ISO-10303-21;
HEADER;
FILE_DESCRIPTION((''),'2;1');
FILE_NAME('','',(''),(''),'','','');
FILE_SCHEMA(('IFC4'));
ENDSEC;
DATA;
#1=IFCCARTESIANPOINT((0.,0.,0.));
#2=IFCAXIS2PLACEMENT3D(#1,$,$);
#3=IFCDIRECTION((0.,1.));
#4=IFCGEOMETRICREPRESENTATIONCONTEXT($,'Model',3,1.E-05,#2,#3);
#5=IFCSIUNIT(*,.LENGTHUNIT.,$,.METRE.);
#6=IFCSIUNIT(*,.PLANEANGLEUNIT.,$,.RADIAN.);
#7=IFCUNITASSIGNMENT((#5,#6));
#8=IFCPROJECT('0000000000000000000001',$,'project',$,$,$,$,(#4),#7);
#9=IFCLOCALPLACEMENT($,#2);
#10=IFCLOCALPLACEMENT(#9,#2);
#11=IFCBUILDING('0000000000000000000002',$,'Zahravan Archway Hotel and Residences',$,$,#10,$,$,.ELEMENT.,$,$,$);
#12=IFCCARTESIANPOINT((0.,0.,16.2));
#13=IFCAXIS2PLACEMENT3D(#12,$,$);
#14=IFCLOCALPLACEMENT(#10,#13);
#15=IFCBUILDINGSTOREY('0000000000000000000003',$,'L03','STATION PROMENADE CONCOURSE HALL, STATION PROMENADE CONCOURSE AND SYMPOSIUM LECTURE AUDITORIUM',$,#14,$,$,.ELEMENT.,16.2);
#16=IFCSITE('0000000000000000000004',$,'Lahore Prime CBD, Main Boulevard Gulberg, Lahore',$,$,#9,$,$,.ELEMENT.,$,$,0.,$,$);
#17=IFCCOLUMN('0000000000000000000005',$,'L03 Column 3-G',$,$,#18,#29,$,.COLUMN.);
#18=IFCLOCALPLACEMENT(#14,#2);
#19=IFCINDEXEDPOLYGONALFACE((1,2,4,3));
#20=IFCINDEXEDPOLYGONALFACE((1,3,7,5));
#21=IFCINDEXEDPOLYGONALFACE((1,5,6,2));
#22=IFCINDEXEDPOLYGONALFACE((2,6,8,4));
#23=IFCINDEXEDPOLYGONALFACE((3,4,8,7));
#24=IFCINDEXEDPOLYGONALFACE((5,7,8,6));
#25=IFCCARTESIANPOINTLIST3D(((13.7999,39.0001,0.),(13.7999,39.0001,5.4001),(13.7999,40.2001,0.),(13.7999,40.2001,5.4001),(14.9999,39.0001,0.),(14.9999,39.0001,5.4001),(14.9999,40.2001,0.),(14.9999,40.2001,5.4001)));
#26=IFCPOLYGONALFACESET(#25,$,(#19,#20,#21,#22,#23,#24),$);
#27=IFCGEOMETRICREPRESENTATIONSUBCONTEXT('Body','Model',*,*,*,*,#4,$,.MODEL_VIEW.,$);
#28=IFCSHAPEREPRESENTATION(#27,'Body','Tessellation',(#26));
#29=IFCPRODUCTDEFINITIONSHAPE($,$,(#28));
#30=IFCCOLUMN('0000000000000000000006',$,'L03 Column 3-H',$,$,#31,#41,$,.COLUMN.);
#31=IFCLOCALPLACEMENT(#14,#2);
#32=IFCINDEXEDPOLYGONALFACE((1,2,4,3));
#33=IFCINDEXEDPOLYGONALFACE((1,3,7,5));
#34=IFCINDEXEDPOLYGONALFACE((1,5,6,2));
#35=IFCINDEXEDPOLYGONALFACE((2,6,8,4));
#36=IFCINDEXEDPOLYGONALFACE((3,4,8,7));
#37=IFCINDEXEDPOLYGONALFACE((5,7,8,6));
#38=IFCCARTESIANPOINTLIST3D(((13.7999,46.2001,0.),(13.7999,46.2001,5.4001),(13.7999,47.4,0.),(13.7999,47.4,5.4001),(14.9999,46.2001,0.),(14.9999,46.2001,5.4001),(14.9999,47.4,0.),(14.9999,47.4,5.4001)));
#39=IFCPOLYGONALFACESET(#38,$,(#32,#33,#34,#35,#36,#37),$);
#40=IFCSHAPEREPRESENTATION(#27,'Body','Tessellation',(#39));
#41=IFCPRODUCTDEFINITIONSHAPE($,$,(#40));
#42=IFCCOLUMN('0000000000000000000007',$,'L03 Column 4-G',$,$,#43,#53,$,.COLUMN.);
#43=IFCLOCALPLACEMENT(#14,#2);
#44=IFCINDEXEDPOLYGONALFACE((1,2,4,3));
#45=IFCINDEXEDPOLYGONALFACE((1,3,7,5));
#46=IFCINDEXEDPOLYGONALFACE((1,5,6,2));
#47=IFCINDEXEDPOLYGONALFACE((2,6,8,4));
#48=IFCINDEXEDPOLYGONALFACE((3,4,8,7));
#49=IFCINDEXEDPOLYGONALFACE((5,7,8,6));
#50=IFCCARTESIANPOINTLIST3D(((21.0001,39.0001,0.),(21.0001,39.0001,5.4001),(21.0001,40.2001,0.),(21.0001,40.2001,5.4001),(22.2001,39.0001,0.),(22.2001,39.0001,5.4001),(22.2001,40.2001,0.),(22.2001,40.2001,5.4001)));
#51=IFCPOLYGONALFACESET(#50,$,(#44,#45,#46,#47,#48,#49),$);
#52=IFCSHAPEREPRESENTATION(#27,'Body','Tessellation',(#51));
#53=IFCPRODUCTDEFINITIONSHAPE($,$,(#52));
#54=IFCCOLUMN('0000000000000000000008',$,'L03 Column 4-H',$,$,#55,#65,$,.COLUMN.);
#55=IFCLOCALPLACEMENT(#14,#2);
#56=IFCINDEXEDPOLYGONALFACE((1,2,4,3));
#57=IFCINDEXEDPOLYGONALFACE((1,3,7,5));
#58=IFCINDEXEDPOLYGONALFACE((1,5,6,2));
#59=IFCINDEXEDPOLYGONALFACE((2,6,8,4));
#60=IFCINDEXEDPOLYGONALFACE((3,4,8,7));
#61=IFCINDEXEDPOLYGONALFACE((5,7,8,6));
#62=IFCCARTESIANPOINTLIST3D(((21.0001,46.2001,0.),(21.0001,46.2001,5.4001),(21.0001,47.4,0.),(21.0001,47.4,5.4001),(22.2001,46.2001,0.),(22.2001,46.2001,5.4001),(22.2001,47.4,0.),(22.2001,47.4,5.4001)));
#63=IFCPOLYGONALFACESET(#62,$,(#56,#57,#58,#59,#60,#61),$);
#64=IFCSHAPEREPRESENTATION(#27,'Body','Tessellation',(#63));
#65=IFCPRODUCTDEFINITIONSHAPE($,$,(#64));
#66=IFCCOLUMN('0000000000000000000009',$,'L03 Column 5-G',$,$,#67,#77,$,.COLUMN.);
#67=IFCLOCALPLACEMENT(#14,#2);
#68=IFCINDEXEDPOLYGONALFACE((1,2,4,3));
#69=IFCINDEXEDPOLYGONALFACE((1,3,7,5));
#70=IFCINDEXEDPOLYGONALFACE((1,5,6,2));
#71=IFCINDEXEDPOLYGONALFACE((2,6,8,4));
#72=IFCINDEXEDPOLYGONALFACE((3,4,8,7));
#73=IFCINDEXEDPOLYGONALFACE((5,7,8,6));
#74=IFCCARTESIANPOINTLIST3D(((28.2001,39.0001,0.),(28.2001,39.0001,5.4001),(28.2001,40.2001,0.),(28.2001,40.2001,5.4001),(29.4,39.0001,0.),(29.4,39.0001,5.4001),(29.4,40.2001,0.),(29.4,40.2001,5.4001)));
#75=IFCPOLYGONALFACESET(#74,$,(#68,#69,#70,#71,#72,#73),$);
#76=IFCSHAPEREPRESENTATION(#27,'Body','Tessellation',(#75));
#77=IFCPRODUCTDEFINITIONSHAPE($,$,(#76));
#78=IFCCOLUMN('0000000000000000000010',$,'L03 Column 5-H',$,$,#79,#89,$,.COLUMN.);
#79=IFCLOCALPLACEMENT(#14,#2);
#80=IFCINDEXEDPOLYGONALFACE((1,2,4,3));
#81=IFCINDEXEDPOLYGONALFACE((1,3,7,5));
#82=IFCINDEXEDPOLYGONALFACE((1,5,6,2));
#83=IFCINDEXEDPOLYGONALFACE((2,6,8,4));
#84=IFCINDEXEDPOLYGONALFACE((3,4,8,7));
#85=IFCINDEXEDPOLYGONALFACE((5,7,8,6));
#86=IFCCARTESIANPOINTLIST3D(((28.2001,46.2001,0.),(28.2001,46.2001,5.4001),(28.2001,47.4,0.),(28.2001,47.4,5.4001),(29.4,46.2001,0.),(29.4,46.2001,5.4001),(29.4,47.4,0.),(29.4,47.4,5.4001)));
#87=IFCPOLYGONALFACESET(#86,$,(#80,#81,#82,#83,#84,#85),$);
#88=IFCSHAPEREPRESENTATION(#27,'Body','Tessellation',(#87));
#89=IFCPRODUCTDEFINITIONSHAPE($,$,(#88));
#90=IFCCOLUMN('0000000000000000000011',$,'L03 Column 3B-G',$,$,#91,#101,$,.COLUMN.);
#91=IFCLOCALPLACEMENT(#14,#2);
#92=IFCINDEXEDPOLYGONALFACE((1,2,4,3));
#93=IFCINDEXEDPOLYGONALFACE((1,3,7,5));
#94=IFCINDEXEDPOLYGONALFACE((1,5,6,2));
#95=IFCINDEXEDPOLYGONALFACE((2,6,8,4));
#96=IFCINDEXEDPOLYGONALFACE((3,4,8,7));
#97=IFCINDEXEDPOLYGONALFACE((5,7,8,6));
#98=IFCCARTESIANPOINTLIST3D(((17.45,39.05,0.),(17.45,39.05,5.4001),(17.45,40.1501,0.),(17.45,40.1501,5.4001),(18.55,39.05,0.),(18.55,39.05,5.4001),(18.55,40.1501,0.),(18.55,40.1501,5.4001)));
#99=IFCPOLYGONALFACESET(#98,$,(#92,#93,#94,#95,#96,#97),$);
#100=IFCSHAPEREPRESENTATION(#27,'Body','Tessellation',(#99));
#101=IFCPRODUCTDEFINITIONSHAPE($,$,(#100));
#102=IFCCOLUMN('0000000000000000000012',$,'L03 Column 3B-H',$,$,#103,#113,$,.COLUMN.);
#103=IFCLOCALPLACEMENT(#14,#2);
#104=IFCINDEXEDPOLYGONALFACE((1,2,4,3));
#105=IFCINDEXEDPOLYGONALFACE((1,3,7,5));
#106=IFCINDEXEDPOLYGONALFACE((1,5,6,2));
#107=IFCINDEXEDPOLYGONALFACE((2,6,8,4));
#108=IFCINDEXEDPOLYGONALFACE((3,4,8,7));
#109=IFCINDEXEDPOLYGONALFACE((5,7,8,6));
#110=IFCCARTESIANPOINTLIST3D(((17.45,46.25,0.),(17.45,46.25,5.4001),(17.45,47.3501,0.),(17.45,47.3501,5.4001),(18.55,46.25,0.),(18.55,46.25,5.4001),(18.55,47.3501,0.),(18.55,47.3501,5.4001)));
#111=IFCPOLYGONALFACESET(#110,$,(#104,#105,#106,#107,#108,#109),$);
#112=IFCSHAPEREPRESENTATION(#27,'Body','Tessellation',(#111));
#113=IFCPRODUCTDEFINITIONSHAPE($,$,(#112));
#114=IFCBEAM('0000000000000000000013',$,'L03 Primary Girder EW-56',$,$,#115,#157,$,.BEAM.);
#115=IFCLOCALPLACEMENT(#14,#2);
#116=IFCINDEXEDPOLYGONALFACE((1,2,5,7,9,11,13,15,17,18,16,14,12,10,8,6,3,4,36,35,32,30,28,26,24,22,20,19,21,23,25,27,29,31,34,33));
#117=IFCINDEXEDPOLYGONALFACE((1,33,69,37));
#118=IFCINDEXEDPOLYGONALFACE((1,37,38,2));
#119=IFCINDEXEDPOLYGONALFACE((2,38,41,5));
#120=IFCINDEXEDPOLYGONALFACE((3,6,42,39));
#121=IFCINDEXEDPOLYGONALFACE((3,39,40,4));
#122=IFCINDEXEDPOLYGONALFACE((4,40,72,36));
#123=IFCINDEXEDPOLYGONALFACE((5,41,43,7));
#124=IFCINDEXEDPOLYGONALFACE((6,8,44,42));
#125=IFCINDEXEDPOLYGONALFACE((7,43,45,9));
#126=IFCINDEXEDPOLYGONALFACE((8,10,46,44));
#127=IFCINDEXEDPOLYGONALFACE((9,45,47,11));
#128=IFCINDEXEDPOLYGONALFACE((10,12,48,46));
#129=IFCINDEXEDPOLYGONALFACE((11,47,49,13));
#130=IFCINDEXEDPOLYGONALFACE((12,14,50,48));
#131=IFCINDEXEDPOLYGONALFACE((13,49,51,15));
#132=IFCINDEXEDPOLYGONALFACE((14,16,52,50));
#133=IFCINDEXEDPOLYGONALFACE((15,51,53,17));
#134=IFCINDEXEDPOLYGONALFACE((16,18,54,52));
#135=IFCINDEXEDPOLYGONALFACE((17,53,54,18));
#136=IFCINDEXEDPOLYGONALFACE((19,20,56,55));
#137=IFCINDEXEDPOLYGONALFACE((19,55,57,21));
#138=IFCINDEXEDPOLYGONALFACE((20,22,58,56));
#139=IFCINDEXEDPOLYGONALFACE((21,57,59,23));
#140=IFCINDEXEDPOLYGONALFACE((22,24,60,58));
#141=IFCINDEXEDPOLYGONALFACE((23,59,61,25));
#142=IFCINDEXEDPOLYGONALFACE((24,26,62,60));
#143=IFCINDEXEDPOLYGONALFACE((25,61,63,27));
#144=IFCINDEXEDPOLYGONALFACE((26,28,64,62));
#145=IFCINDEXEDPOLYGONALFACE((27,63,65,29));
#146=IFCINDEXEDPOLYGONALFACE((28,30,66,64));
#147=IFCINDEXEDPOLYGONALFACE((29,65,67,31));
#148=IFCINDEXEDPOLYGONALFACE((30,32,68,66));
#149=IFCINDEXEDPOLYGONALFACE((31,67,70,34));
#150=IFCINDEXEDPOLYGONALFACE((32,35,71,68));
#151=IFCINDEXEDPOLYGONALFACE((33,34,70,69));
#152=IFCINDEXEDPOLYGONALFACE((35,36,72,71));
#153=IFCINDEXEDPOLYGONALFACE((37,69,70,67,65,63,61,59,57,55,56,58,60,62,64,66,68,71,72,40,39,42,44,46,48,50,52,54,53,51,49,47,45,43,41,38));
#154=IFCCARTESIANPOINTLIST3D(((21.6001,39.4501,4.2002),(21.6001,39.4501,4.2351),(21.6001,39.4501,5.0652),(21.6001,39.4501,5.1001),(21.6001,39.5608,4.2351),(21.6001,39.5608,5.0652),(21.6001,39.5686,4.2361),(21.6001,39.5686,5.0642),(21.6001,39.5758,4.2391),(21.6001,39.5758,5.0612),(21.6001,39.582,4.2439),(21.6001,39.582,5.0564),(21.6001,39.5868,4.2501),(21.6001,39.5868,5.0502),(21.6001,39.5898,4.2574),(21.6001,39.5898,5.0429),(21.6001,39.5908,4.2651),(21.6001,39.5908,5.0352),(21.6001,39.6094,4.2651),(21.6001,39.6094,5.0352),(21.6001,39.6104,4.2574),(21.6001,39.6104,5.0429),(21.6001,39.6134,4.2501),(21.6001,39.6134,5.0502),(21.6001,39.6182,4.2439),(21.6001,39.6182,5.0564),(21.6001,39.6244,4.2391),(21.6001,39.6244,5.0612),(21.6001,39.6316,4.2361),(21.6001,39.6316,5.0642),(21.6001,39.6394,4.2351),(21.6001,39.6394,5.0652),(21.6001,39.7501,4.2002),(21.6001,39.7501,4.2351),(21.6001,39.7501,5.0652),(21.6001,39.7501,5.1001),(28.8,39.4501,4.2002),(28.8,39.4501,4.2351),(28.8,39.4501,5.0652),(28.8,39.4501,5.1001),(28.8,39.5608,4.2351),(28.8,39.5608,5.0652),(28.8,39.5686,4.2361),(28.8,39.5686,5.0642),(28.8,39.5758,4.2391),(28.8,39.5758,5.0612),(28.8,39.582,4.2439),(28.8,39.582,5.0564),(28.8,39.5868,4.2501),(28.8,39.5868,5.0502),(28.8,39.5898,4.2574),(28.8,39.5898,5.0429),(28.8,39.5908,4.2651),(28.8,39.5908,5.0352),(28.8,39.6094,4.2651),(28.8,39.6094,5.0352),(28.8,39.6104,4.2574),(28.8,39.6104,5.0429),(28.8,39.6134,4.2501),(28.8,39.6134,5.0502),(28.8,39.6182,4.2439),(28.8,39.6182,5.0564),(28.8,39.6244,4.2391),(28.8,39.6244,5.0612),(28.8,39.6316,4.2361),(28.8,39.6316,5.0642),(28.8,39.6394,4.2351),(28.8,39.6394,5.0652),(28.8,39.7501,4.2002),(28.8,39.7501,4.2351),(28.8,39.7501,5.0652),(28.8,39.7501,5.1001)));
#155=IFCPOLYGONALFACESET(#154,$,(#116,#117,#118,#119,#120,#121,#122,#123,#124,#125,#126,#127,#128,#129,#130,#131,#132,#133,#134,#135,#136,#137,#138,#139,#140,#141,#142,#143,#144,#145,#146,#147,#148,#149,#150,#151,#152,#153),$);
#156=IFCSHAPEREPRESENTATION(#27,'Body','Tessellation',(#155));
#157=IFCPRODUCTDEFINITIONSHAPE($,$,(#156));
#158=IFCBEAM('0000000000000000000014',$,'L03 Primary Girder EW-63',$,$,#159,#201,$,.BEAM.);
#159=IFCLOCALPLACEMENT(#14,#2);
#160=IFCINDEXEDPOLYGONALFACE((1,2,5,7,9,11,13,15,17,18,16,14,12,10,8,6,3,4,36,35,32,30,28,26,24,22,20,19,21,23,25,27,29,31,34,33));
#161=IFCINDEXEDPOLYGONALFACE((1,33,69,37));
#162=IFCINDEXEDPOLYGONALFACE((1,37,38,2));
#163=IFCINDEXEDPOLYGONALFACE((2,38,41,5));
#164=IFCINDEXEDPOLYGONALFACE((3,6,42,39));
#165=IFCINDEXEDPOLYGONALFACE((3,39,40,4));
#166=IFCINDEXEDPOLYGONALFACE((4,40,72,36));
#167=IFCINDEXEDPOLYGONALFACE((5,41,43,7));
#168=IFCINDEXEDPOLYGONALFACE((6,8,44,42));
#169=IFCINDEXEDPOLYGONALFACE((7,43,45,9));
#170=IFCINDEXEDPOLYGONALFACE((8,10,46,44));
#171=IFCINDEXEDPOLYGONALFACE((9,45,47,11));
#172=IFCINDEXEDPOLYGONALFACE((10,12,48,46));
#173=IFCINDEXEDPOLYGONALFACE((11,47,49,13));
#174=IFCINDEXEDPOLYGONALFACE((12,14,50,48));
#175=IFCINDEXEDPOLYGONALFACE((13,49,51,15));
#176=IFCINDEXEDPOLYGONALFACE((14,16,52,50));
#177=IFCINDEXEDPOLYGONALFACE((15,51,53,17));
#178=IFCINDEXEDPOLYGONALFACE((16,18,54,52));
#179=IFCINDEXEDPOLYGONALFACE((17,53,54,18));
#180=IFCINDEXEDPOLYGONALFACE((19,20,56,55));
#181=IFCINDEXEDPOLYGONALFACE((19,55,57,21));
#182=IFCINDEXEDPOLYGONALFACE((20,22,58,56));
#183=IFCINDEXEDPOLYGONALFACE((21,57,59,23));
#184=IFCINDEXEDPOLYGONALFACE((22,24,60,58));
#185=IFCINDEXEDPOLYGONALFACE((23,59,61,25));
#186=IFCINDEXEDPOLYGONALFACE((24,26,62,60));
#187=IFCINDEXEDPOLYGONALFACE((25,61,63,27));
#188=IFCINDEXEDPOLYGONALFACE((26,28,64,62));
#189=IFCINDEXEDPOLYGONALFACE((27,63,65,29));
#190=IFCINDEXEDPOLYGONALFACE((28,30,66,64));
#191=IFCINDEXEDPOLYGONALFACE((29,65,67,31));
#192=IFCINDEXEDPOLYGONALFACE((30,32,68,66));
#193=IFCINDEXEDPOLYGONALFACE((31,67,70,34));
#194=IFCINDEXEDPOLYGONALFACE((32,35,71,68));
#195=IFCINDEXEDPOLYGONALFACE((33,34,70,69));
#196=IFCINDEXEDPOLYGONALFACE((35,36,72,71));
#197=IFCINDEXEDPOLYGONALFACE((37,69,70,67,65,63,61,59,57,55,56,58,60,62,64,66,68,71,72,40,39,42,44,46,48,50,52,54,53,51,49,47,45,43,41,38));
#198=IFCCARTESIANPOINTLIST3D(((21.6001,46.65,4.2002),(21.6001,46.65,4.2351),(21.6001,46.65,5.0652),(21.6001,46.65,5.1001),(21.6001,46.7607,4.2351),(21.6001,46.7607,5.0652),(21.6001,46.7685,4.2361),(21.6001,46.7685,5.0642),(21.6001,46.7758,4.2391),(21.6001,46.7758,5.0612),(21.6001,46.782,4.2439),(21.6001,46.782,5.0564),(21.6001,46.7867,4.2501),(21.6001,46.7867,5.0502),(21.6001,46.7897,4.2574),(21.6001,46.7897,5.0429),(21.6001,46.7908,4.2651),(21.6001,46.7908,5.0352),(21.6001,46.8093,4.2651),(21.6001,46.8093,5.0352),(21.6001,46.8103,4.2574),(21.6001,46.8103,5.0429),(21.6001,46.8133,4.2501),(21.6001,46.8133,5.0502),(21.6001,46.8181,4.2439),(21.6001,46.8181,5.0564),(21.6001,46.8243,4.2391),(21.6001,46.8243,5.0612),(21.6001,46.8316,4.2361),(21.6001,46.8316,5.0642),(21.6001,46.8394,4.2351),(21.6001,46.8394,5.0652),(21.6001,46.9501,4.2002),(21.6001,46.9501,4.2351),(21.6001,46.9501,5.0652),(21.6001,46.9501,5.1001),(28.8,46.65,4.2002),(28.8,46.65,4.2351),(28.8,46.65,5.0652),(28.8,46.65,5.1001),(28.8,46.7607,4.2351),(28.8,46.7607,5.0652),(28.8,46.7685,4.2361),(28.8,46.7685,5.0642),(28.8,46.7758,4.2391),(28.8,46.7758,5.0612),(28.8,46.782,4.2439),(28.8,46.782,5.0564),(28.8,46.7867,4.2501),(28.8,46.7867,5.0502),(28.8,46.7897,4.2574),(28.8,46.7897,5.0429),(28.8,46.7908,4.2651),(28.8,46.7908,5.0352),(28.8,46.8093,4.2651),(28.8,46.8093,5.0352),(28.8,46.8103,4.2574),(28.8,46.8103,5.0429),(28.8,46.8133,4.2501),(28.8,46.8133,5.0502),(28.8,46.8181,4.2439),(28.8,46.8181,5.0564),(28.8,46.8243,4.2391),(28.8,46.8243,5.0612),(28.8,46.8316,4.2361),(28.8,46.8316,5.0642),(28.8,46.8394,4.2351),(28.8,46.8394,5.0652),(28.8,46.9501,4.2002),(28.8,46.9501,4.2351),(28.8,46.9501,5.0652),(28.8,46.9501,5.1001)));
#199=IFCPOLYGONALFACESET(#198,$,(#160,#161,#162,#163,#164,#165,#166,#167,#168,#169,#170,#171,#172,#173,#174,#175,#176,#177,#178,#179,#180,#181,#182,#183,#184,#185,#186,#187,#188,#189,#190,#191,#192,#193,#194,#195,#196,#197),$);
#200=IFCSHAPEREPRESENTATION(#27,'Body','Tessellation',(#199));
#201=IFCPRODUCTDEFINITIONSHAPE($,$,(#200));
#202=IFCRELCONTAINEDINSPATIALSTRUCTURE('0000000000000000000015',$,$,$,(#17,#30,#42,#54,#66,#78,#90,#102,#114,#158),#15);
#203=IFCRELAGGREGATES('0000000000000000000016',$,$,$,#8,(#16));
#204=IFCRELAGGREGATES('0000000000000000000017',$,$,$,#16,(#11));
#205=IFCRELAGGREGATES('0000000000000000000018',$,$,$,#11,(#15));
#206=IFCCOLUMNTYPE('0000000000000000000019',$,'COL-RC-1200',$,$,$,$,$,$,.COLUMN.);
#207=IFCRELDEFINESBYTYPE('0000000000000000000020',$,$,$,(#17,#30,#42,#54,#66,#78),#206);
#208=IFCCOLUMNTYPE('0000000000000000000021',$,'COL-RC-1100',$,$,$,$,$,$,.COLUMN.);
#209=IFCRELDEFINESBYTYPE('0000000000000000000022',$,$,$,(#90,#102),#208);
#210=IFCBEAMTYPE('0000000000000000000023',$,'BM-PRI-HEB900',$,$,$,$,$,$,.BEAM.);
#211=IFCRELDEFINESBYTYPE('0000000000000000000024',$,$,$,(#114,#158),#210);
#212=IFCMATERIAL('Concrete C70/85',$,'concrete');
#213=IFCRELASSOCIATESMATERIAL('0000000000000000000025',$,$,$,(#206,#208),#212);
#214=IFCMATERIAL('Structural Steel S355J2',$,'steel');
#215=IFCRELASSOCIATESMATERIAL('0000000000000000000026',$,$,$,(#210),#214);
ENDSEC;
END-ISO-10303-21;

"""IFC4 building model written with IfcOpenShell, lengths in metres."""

from ifc_helpers import new_model, si_unit, direction, frame, origin, origin_2d, place, context, subcontext, project, spatial, rectangle, i_section, extrude, source, transform, mapped, material, material_profile, profile_set, type_object, element, save


model = new_model("IFC4")

# Units and contexts
model_context = context("Model", 3, precision=1e-05, world=origin(), true_north=direction((0.0, 1.0)))
body_context = subcontext(model_context, "Body", "Model", "MODEL_VIEW")
ifc_project = project(units=[si_unit("LENGTHUNIT", "METRE"), si_unit("PLANEANGLEUNIT", "RADIAN")], contexts=[model_context])

# Site, building, storey
site_placement = place(None, origin())
site = spatial("IfcSite", under=ifc_project, at=site_placement, Name="Lahore Prime CBD, Main Boulevard Gulberg, Lahore", CompositionType="ELEMENT", RefElevation=0.0)
building_placement = place(site_placement, origin())
building = spatial("IfcBuilding", under=site, at=building_placement, Name="Zahravan Archway Hotel and Residences", CompositionType="ELEMENT")
storey_placement = place(building_placement, frame((0.0, 0.0, 16.2)))
storey = spatial("IfcBuildingStorey", under=building, at=storey_placement, Name="L03", Description="STATION PROMENADE CONCOURSE HALL, STATION PROMENADE CONCOURSE AND SYMPOSIUM LECTURE AUDITORIUM", CompositionType="ELEMENT", Elevation=16.2)

# Columns
ifc_material_1 = material(Name="Concrete C70/85", Category="concrete")
ifc_material_profile_1 = material_profile(ifc_material_1, rectangle(XDim=1.2, YDim=1.2, at=origin_2d()), Name="RC-COL-1200x1200", Category="concrete")
ifc_profile_set_1 = profile_set([ifc_material_profile_1], Name="Concrete C70/85")
column_type_1 = type_object("IfcColumnType", Name="COL-RC-1200", PredefinedType="COLUMN", material=ifc_profile_set_1)
shared_shape_1 = source(origin(), body_context, "Body", "SweptSolid", [
    extrude(rectangle(XDim=1.2, YDim=1.2, at=origin_2d()), origin(), (0.0, 0.0, 1.0), 5.4001),
])
for number, where, z_axis, x_axis, name in (
    (1, (14.3999, 39.6001, 0.0), (0.0, 0.0, 1.0), (1.0, 0.0, 0.0), "L03 Column 3-G"),
    (2, (14.3999, 46.8, 0.0), (0.0, 0.0, 1.0), (1.0, 0.0, 0.0), "L03 Column 3-H"),
    (3, (21.6001, 39.6001, 0.0), (0.0, 0.0, 1.0), (1.0, 0.0, 0.0), "L03 Column 4-G"),
    (4, (21.6001, 46.8, 0.0), (0.0, 0.0, 1.0), (1.0, 0.0, 0.0), "L03 Column 4-H"),
    (5, (28.8, 39.6001, 0.0), (0.0, 0.0, 1.0), (1.0, 0.0, 0.0), "L03 Column 5-G"),
    (6, (28.8, 46.8, 0.0), (0.0, 0.0, 1.0), (1.0, 0.0, 0.0), "L03 Column 5-H"),
):
    element("IfcColumn", number, at=place(storey_placement, frame(where, z_axis=z_axis, x_axis=x_axis)), inside=storey, type_object=column_type_1, Name=name, PredefinedType="COLUMN", context=body_context, shape_type="MappedRepresentation", body=[
        mapped(shared_shape_1, transform((0.0, 0.0, 0.0), scale=1.0)),
    ])
ifc_material_profile_2 = material_profile(ifc_material_1, rectangle(XDim=1.1001, YDim=1.1001, at=origin_2d()), Name="RC 1100x1100", Category="concrete")
ifc_profile_set_2 = profile_set([ifc_material_profile_2], Name="Concrete C70/85")
column_type_2 = type_object("IfcColumnType", Name="COL-RC-1100", PredefinedType="COLUMN", material=ifc_profile_set_2)
shared_shape_2 = source(origin(), body_context, "Body", "SweptSolid", [
    extrude(rectangle(XDim=1.1001, YDim=1.1001, at=origin_2d()), origin(), (0.0, 0.0, 1.0), 5.4001),
])
for number, where, z_axis, x_axis, name in (
    (7, (18.0, 39.6001, 0.0), (0.0, 0.0, 1.0), (1.0, 0.0, 0.0), "L03 Column 3B-G"),
    (8, (18.0, 46.8, 0.0), (0.0, 0.0, 1.0), (1.0, 0.0, 0.0), "L03 Column 3B-H"),
):
    element("IfcColumn", number, at=place(storey_placement, frame(where, z_axis=z_axis, x_axis=x_axis)), inside=storey, type_object=column_type_2, Name=name, PredefinedType="COLUMN", context=body_context, shape_type="MappedRepresentation", body=[
        mapped(shared_shape_2, transform((0.0, 0.0, 0.0), scale=1.0)),
    ])

# Beams
ifc_material_2 = material(Name="Structural Steel S355J2", Category="steel")
ifc_material_profile_3 = material_profile(ifc_material_2, i_section(OverallWidth=0.3, OverallDepth=0.8999, WebThickness=0.0186, FlangeThickness=0.0349, FilletRadius=0.03, at=origin_2d()), Name="HEB 900", Category="steel")
ifc_profile_set_3 = profile_set([ifc_material_profile_3], Name="Structural Steel S355J2")
beam_type_1 = type_object("IfcBeamType", Name="BM-PRI-HEB900", PredefinedType="BEAM", material=ifc_profile_set_3)
shared_shape_3 = source(origin(), body_context, "Body", "SweptSolid", [
    extrude(i_section(OverallWidth=0.3, OverallDepth=0.8999, WebThickness=0.0186, FlangeThickness=0.0349, FilletRadius=0.03, at=origin_2d()), origin(), (0.0, 0.0, 1.0), 7.2),
])
for number, where, z_axis, x_axis, name in (
    (9, (21.6001, 39.6001, 4.6501), (1.0, 0.0, 0.0), (0.0, 1.0, 0.0), "L03 Primary Girder EW-56"),
    (10, (21.6001, 46.8, 4.6501), (1.0, 0.0, 0.0), (0.0, 1.0, 0.0), "L03 Primary Girder EW-63"),
):
    element("IfcBeam", number, at=place(storey_placement, frame(where, z_axis=z_axis, x_axis=x_axis)), inside=storey, type_object=beam_type_1, Name=name, PredefinedType="BEAM", context=body_context, shape_type="MappedRepresentation", body=[
        mapped(shared_shape_3, transform((0.0, 0.0, 0.0), scale=1.0)),
    ])

save(model, "model.ifc")
